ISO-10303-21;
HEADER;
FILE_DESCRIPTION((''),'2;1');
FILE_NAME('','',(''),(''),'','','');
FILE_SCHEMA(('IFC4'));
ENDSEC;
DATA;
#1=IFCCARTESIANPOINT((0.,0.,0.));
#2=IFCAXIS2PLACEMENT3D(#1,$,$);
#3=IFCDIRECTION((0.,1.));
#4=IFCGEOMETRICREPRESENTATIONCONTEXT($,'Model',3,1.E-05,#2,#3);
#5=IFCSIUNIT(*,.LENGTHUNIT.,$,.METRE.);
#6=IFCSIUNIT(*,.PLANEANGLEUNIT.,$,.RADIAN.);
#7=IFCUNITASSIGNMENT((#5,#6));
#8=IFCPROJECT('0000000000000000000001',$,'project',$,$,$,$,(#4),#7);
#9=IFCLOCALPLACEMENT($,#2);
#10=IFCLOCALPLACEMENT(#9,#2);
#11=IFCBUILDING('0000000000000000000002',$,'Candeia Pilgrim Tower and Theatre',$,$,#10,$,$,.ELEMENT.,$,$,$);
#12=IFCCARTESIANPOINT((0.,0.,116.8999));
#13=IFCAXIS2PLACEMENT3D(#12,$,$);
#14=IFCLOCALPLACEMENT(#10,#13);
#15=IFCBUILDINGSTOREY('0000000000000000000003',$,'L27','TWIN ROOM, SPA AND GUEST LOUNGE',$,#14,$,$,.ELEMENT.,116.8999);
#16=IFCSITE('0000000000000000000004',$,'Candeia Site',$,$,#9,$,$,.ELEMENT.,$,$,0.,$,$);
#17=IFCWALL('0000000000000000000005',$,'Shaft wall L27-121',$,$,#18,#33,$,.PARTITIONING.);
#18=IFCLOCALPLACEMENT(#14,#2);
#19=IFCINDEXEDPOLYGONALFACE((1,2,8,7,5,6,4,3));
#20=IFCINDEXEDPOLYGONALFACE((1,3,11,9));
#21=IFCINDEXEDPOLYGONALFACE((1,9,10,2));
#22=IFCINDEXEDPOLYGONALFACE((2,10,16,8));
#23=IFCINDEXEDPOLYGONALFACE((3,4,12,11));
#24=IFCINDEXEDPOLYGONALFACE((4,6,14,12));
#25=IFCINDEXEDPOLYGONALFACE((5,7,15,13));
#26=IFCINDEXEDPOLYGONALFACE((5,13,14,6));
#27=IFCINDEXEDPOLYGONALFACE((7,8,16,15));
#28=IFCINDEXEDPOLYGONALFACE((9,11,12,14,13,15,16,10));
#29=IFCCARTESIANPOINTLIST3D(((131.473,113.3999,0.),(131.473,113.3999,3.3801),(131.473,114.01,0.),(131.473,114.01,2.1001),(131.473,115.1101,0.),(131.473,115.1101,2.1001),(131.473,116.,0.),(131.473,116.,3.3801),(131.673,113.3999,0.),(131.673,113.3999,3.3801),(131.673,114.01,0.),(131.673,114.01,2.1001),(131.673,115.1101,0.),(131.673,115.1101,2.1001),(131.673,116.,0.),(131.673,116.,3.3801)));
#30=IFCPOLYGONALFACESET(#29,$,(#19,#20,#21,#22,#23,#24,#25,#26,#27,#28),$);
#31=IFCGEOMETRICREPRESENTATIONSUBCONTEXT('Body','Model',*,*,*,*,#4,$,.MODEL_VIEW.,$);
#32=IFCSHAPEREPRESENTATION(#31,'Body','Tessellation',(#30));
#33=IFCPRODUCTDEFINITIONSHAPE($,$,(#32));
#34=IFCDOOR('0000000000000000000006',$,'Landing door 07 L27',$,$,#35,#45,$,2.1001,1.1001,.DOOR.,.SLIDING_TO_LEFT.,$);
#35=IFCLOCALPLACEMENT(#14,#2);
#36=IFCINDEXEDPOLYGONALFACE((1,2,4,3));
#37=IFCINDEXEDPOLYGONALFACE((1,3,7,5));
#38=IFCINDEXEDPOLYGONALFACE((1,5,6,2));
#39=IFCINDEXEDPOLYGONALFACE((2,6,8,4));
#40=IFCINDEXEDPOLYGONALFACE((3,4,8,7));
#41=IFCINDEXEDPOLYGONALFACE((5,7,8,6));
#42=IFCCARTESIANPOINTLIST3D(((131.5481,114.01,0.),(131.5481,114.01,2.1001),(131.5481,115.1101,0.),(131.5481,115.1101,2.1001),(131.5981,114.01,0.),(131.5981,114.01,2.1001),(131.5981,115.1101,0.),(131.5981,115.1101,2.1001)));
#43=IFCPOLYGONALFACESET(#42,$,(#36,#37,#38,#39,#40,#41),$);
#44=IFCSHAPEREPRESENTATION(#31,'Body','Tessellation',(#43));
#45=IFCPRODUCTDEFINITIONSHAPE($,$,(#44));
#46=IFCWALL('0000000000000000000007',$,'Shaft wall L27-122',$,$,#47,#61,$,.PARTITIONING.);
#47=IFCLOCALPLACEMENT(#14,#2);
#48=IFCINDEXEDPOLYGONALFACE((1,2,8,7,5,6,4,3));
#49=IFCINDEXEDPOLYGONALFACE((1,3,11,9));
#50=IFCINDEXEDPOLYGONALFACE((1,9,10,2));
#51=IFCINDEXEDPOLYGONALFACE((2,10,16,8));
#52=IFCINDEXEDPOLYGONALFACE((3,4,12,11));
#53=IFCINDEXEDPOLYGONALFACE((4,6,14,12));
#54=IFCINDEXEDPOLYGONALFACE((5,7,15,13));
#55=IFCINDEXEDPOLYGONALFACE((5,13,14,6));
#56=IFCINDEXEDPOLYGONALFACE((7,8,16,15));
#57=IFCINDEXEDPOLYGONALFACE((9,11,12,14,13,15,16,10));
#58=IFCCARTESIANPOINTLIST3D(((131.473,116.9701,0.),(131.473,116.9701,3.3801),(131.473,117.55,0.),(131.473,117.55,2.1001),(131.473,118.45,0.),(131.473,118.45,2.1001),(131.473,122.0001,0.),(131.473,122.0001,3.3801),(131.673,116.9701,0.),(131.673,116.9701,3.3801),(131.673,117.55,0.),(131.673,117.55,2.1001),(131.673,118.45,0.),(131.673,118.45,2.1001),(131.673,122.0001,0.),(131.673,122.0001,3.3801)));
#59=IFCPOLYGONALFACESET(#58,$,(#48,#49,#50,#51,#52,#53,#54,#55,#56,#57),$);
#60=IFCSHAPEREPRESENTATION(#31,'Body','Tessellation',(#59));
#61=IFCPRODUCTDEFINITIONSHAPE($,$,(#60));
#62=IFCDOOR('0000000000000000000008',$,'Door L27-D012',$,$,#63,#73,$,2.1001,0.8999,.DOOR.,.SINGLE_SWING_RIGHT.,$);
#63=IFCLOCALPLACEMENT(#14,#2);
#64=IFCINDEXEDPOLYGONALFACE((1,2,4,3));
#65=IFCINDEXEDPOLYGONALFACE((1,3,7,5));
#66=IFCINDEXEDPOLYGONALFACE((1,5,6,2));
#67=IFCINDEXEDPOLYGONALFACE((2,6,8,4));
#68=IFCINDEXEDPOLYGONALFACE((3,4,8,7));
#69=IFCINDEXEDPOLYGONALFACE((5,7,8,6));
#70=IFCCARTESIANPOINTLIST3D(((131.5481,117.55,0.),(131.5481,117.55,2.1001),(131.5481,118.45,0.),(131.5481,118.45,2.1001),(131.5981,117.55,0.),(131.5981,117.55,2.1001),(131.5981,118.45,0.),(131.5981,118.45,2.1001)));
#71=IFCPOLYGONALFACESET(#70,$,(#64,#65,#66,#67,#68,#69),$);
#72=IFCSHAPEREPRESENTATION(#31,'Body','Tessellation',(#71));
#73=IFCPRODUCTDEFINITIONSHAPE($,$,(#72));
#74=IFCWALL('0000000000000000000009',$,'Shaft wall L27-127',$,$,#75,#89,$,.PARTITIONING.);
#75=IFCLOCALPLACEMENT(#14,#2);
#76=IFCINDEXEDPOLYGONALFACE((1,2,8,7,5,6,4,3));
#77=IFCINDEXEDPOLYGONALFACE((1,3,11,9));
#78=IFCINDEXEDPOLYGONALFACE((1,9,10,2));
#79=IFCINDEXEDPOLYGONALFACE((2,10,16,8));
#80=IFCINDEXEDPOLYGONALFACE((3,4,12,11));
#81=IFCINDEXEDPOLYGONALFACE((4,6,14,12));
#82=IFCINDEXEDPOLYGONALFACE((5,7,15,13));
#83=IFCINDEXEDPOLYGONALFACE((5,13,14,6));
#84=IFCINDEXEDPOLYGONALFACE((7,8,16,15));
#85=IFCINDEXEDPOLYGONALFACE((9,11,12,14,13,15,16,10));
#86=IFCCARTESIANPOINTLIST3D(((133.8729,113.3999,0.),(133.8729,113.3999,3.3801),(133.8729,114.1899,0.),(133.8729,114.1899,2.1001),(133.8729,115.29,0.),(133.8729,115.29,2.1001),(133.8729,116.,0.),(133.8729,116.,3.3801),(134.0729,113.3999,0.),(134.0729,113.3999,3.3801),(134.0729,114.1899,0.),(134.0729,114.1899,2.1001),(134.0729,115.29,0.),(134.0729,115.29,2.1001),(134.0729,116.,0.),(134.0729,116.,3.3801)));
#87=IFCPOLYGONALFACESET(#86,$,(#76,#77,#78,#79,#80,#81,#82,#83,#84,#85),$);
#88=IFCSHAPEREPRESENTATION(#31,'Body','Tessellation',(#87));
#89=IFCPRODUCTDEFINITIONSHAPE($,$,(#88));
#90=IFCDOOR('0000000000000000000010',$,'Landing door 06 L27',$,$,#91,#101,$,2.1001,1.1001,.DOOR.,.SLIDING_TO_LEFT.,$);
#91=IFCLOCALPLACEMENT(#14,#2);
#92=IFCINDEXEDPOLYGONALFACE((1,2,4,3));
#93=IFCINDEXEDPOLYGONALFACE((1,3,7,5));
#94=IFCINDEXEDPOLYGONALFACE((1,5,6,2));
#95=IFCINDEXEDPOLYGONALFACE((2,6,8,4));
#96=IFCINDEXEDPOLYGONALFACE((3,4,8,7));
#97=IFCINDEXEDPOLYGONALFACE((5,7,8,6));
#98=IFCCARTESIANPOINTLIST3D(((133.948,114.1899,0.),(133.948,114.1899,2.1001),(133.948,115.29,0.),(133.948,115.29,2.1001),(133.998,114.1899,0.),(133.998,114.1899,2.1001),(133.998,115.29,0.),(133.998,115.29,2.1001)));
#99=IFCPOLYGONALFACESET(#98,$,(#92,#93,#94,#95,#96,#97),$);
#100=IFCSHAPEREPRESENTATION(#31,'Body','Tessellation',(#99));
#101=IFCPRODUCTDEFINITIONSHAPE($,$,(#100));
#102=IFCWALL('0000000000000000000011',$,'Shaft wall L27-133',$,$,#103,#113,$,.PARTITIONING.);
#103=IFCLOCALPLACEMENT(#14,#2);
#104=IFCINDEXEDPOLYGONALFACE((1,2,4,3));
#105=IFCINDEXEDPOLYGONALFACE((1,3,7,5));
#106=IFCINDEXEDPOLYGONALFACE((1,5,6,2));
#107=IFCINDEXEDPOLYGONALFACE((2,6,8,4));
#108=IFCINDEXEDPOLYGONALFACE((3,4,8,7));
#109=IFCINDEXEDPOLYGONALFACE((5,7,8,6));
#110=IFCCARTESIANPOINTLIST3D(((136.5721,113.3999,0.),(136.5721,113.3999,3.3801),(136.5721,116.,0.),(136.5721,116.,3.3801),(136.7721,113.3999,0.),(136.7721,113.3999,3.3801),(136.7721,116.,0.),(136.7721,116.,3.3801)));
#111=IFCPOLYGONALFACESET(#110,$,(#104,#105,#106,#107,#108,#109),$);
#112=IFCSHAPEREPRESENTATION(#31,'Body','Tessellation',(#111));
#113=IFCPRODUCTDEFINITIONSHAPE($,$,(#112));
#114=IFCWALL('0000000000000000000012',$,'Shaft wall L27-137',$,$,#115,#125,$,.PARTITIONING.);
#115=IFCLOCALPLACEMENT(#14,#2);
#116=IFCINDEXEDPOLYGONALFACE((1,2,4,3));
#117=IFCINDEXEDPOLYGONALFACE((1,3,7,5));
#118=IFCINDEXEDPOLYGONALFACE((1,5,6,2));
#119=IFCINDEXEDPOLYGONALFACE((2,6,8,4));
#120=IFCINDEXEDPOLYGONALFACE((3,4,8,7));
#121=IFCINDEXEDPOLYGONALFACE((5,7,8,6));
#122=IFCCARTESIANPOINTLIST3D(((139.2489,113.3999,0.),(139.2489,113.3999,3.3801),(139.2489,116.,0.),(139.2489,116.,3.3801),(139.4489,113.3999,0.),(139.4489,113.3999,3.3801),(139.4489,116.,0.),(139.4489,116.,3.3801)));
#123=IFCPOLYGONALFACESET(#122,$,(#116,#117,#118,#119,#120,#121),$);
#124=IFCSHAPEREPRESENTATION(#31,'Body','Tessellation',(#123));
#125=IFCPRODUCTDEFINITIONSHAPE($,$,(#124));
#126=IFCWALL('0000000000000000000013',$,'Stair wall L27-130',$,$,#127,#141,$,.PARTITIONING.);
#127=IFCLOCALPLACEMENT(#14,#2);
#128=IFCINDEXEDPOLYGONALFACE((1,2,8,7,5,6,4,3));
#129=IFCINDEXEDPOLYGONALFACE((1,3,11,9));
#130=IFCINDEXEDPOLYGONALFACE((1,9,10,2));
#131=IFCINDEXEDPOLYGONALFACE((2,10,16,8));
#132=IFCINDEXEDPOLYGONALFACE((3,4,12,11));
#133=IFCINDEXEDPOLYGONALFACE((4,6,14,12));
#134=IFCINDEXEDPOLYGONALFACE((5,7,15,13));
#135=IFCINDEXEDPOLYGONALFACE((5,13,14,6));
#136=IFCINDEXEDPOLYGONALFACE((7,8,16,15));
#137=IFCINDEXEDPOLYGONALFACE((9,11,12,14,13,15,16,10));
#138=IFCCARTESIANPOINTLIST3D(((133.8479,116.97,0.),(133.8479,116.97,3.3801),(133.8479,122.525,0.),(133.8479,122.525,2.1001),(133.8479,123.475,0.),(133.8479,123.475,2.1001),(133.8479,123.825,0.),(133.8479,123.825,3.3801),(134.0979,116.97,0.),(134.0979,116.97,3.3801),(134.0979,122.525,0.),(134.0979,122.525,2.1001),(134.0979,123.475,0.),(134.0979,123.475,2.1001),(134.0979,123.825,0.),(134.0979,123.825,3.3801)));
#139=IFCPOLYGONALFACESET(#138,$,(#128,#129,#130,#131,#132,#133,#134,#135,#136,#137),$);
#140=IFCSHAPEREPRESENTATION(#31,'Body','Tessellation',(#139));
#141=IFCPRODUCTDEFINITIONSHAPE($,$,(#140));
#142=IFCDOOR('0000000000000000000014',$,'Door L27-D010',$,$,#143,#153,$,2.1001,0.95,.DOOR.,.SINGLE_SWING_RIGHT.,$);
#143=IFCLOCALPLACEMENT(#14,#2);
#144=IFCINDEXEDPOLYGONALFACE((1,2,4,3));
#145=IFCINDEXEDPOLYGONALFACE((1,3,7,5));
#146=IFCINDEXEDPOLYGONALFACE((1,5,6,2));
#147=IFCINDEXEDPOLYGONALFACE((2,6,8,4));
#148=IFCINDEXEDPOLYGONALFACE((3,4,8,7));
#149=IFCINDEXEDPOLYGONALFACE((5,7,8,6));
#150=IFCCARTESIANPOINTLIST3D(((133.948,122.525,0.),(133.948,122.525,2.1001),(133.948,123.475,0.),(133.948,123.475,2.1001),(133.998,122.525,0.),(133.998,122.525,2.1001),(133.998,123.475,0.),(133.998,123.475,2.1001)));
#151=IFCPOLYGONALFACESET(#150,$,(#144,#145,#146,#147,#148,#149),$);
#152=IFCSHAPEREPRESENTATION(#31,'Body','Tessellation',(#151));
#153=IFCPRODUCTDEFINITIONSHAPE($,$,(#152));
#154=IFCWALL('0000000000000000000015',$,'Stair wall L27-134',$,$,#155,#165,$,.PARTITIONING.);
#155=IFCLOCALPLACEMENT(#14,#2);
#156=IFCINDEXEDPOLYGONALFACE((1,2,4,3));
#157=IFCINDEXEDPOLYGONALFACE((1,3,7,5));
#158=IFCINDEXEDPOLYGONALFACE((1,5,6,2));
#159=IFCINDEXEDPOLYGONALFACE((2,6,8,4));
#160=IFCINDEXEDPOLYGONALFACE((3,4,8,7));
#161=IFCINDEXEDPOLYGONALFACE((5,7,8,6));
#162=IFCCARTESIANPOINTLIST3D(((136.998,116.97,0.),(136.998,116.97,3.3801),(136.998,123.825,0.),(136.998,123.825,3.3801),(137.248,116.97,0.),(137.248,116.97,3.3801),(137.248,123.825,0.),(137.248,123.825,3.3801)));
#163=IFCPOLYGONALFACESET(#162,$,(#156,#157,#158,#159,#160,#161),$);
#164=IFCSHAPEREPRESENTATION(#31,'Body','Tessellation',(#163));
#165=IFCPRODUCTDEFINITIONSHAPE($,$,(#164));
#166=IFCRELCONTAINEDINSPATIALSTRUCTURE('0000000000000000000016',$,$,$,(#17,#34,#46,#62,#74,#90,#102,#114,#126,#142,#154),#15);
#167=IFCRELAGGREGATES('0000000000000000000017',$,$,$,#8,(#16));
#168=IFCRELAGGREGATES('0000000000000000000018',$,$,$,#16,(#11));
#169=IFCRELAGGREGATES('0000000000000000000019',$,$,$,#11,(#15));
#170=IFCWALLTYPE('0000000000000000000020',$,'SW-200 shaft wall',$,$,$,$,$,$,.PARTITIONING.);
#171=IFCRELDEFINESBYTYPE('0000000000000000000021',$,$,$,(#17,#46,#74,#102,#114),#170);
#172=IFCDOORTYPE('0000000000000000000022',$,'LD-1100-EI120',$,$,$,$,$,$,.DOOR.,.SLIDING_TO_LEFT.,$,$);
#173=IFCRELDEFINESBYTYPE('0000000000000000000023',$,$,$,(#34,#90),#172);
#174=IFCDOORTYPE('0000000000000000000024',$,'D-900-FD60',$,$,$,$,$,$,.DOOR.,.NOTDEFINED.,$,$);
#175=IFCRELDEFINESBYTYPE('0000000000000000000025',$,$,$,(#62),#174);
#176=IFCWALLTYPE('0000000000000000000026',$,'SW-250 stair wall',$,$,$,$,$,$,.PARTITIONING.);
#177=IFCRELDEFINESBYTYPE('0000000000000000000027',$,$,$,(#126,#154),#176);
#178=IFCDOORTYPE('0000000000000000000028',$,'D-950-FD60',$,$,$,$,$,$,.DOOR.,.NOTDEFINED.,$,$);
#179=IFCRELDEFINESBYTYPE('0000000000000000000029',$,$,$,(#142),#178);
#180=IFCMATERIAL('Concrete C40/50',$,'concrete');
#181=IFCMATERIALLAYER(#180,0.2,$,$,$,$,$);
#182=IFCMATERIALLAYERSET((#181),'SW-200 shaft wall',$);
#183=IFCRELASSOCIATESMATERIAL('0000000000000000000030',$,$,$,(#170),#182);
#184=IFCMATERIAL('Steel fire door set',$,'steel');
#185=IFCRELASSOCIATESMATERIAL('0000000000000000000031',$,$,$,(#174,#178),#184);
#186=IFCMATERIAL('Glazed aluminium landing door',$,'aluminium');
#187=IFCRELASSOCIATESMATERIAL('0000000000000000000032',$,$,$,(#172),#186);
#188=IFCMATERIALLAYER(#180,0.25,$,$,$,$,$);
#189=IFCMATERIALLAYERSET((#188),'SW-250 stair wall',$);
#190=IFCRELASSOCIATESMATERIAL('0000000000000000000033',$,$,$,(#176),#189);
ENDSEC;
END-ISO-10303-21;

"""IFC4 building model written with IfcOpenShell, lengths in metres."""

from ifc_helpers import new_model, si_unit, direction, frame, frame_2d, origin, place, context, subcontext, project, spatial, rectangle, extrude, material, layer, layer_set, type_object, element, fill, save


model = new_model("IFC4")

# Units and contexts
model_context = context("Model", 3, precision=1e-05, world=origin(), true_north=direction((0.0, 1.0)))
body_context = subcontext(model_context, "Body", "Model", "MODEL_VIEW")
ifc_project = project(units=[si_unit("LENGTHUNIT", "METRE"), si_unit("PLANEANGLEUNIT", "RADIAN")], contexts=[model_context])

# Site, building, storey
site_placement = place(None, origin())
site = spatial("IfcSite", under=ifc_project, at=site_placement, Name="Candeia Site", CompositionType="ELEMENT", RefElevation=0.0)
building_placement = place(site_placement, origin())
building = spatial("IfcBuilding", under=site, at=building_placement, Name="Candeia Pilgrim Tower and Theatre", CompositionType="ELEMENT")
storey_placement = place(building_placement, frame((0.0, 0.0, 116.8999)))
storey = spatial("IfcBuildingStorey", under=building, at=storey_placement, Name="L27", Description="TWIN ROOM, SPA AND GUEST LOUNGE", CompositionType="ELEMENT", Elevation=116.8999)

# Shared definitions
ifc_material_1 = material(Name="Steel fire door set", Category="steel")

# Walls, openings, doors
ifc_material_2 = material(Name="Concrete C40/50", Category="concrete")
ifc_layer_1 = layer(ifc_material_2, 0.2)
ifc_layer_set_1 = layer_set([ifc_layer_1], Name="SW-200 shaft wall")
wall_type_1 = type_object("IfcWallType", Name="SW-200 shaft wall", PredefinedType="PARTITIONING", material=ifc_layer_set_1)
door_type_1 = type_object("IfcDoorType", Name="D-900-FD60", OperationType="NOTDEFINED", PredefinedType="DOOR", material=ifc_material_1)
wall_1_placement = place(storey_placement, frame((131.573, 113.3999, 0.0), z_axis=(0.0, 0.0, 1.0), x_axis=(0.0, 1.0, 0.0)))
wall_1 = element("IfcWall", 1, at=wall_1_placement, inside=storey, type_object=wall_type_1, Name="Shaft wall L27-121", PredefinedType="PARTITIONING", context=body_context, shape_type="SweptSolid", body=[
    extrude(rectangle(XDim=2.6001, YDim=0.2, at=frame_2d((1.3, 0.0))), origin(), (0.0, 0.0, 1.0), 3.3801),
])
opening_1_placement = place(wall_1_placement, frame((0.6101, 0.0, 0.0)))
opening_1 = element("IfcOpeningElement", 2, at=opening_1_placement, cuts=wall_1, PredefinedType="OPENING", context=body_context, shape_type="SweptSolid", body=[
    extrude(rectangle(XDim=1.1001, YDim=2.1001, at=frame_2d((0.55, 1.05))), frame((0.0, 0.1099, 0.0), z_axis=(0.0, -1.0, 0.0), x_axis=(1.0, 0.0, 0.0)), (0.0, 0.0, 1.0), 0.22),
])
ifc_material_3 = material(Name="Glazed aluminium landing door", Category="aluminium")
door_type_2 = type_object("IfcDoorType", Name="LD-1100-EI120", OperationType="SLIDING_TO_LEFT", PredefinedType="DOOR", material=ifc_material_3)
door_1_placement = place(opening_1_placement, origin())
door_1 = element("IfcDoor", 3, at=door_1_placement, inside=storey, type_object=door_type_2, Name="Landing door 07 L27", OperationType="SLIDING_TO_LEFT", OverallHeight=2.1001, OverallWidth=1.1001, PredefinedType="DOOR", context=body_context, shape_type="SweptSolid", body=[
    extrude(rectangle(XDim=1.1001, YDim=2.1001, at=frame_2d((0.55, 1.05))), frame((0.0, 0.0249, 0.0), z_axis=(0.0, -1.0, 0.0), x_axis=(1.0, 0.0, 0.0)), (0.0, 0.0, 1.0), 0.05),
])
fill(opening_1, door_1)
wall_2_placement = place(storey_placement, frame((131.573, 116.97, 0.0), z_axis=(0.0, 0.0, 1.0), x_axis=(0.0, 1.0, 0.0)))
wall_2 = element("IfcWall", 4, at=wall_2_placement, inside=storey, type_object=wall_type_1, Name="Shaft wall L27-122", PredefinedType="PARTITIONING", context=body_context, shape_type="SweptSolid", body=[
    extrude(rectangle(XDim=5.03, YDim=0.2, at=frame_2d((2.5151, 0.0))), origin(), (0.0, 0.0, 1.0), 3.3801),
])
opening_2_placement = place(wall_2_placement, frame((0.5801, 0.0, 0.0)))
opening_2 = element("IfcOpeningElement", 5, at=opening_2_placement, cuts=wall_2, PredefinedType="OPENING", context=body_context, shape_type="SweptSolid", body=[
    extrude(rectangle(XDim=0.8999, YDim=2.1001, at=frame_2d((0.45, 1.05))), frame((0.0, 0.1099, 0.0), z_axis=(0.0, -1.0, 0.0), x_axis=(1.0, 0.0, 0.0)), (0.0, 0.0, 1.0), 0.22),
])
door_2_placement = place(opening_2_placement, origin())
door_2 = element("IfcDoor", 6, at=door_2_placement, inside=storey, type_object=door_type_1, Name="Door L27-D012", OperationType="SINGLE_SWING_RIGHT", OverallHeight=2.1001, OverallWidth=0.8999, PredefinedType="DOOR", context=body_context, shape_type="SweptSolid", body=[
    extrude(rectangle(XDim=0.8999, YDim=2.1001, at=frame_2d((0.45, 1.05))), frame((0.0, 0.0249, 0.0), z_axis=(0.0, -1.0, 0.0), x_axis=(1.0, 0.0, 0.0)), (0.0, 0.0, 1.0), 0.05),
])
fill(opening_2, door_2)
wall_3_placement = place(storey_placement, frame((133.9729, 113.3999, 0.0), z_axis=(0.0, 0.0, 1.0), x_axis=(0.0, 1.0, 0.0)))
wall_3 = element("IfcWall", 7, at=wall_3_placement, inside=storey, type_object=wall_type_1, Name="Shaft wall L27-127", PredefinedType="PARTITIONING", context=body_context, shape_type="SweptSolid", body=[
    extrude(rectangle(XDim=2.6001, YDim=0.2, at=frame_2d((1.3, 0.0))), origin(), (0.0, 0.0, 1.0), 3.3801),
])
opening_3_placement = place(wall_3_placement, frame((0.79, 0.0, 0.0)))
opening_3 = element("IfcOpeningElement", 8, at=opening_3_placement, cuts=wall_3, PredefinedType="OPENING", context=body_context, shape_type="SweptSolid", body=[
    extrude(rectangle(XDim=1.1001, YDim=2.1001, at=frame_2d((0.55, 1.05))), frame((0.0, 0.1099, 0.0), z_axis=(0.0, -1.0, 0.0), x_axis=(1.0, 0.0, 0.0)), (0.0, 0.0, 1.0), 0.22),
])
door_3_placement = place(opening_3_placement, origin())
door_3 = element("IfcDoor", 9, at=door_3_placement, inside=storey, type_object=door_type_2, Name="Landing door 06 L27", OperationType="SLIDING_TO_LEFT", OverallHeight=2.1001, OverallWidth=1.1001, PredefinedType="DOOR", context=body_context, shape_type="SweptSolid", body=[
    extrude(rectangle(XDim=1.1001, YDim=2.1001, at=frame_2d((0.55, 1.05))), frame((0.0, 0.0249, 0.0), z_axis=(0.0, -1.0, 0.0), x_axis=(1.0, 0.0, 0.0)), (0.0, 0.0, 1.0), 0.05),
])
fill(opening_3, door_3)

# Walls
for number, where, z_axis, x_axis, name in (
    (10, (136.6721, 113.3999, 0.0), (0.0, 0.0, 1.0), (0.0, 1.0, 0.0), "Shaft wall L27-133"),
    (11, (139.3489, 113.3999, 0.0), (0.0, 0.0, 1.0), (0.0, 1.0, 0.0), "Shaft wall L27-137"),
):
    element("IfcWall", number, at=place(storey_placement, frame(where, z_axis=z_axis, x_axis=x_axis)), inside=storey, type_object=wall_type_1, Name=name, PredefinedType="PARTITIONING", context=body_context, shape_type="SweptSolid", body=[
        extrude(rectangle(XDim=2.6001, YDim=0.2, at=frame_2d((1.3, 0.0))), origin(), (0.0, 0.0, 1.0), 3.3801),
    ])

# Wall, opening, door
ifc_layer_2 = layer(ifc_material_2, 0.25)
ifc_layer_set_2 = layer_set([ifc_layer_2], Name="SW-250 stair wall")
wall_type_2 = type_object("IfcWallType", Name="SW-250 stair wall", PredefinedType="PARTITIONING", material=ifc_layer_set_2)
wall_4_placement = place(storey_placement, frame((133.9729, 116.97, 0.0), z_axis=(0.0, 0.0, 1.0), x_axis=(0.0, 1.0, 0.0)))
wall_4 = element("IfcWall", 12, at=wall_4_placement, inside=storey, type_object=wall_type_2, Name="Stair wall L27-130", PredefinedType="PARTITIONING", context=body_context, shape_type="SweptSolid", body=[
    extrude(rectangle(XDim=6.855, YDim=0.25, at=frame_2d((3.4275, 0.0))), origin(), (0.0, 0.0, 1.0), 3.3801),
])
opening_4_placement = place(wall_4_placement, frame((5.5549, 0.0, 0.0)))
opening_4 = element("IfcOpeningElement", 13, at=opening_4_placement, cuts=wall_4, PredefinedType="OPENING", context=body_context, shape_type="SweptSolid", body=[
    extrude(rectangle(XDim=0.95, YDim=2.1001, at=frame_2d((0.4751, 1.05))), frame((0.0, 0.135, 0.0), z_axis=(0.0, -1.0, 0.0), x_axis=(1.0, 0.0, 0.0)), (0.0, 0.0, 1.0), 0.27),
])
door_type_3 = type_object("IfcDoorType", Name="D-950-FD60", OperationType="NOTDEFINED", PredefinedType="DOOR", material=ifc_material_1)
door_4_placement = place(opening_4_placement, origin())
door_4 = element("IfcDoor", 14, at=door_4_placement, inside=storey, type_object=door_type_3, Name="Door L27-D010", OperationType="SINGLE_SWING_RIGHT", OverallHeight=2.1001, OverallWidth=0.95, PredefinedType="DOOR", context=body_context, shape_type="SweptSolid", body=[
    extrude(rectangle(XDim=0.95, YDim=2.1001, at=frame_2d((0.4751, 1.05))), frame((0.0, 0.0249, 0.0), z_axis=(0.0, -1.0, 0.0), x_axis=(1.0, 0.0, 0.0)), (0.0, 0.0, 1.0), 0.05),
])
fill(opening_4, door_4)

# Wall
wall_5_placement = place(storey_placement, frame((137.123, 116.97, 0.0), z_axis=(0.0, 0.0, 1.0), x_axis=(0.0, 1.0, 0.0)))
element("IfcWall", 15, at=wall_5_placement, inside=storey, type_object=wall_type_2, Name="Stair wall L27-134", PredefinedType="PARTITIONING", context=body_context, shape_type="SweptSolid", body=[
    extrude(rectangle(XDim=6.855, YDim=0.25, at=frame_2d((3.4275, 0.0))), origin(), (0.0, 0.0, 1.0), 3.3801),
])

save(model, "model.ifc")
